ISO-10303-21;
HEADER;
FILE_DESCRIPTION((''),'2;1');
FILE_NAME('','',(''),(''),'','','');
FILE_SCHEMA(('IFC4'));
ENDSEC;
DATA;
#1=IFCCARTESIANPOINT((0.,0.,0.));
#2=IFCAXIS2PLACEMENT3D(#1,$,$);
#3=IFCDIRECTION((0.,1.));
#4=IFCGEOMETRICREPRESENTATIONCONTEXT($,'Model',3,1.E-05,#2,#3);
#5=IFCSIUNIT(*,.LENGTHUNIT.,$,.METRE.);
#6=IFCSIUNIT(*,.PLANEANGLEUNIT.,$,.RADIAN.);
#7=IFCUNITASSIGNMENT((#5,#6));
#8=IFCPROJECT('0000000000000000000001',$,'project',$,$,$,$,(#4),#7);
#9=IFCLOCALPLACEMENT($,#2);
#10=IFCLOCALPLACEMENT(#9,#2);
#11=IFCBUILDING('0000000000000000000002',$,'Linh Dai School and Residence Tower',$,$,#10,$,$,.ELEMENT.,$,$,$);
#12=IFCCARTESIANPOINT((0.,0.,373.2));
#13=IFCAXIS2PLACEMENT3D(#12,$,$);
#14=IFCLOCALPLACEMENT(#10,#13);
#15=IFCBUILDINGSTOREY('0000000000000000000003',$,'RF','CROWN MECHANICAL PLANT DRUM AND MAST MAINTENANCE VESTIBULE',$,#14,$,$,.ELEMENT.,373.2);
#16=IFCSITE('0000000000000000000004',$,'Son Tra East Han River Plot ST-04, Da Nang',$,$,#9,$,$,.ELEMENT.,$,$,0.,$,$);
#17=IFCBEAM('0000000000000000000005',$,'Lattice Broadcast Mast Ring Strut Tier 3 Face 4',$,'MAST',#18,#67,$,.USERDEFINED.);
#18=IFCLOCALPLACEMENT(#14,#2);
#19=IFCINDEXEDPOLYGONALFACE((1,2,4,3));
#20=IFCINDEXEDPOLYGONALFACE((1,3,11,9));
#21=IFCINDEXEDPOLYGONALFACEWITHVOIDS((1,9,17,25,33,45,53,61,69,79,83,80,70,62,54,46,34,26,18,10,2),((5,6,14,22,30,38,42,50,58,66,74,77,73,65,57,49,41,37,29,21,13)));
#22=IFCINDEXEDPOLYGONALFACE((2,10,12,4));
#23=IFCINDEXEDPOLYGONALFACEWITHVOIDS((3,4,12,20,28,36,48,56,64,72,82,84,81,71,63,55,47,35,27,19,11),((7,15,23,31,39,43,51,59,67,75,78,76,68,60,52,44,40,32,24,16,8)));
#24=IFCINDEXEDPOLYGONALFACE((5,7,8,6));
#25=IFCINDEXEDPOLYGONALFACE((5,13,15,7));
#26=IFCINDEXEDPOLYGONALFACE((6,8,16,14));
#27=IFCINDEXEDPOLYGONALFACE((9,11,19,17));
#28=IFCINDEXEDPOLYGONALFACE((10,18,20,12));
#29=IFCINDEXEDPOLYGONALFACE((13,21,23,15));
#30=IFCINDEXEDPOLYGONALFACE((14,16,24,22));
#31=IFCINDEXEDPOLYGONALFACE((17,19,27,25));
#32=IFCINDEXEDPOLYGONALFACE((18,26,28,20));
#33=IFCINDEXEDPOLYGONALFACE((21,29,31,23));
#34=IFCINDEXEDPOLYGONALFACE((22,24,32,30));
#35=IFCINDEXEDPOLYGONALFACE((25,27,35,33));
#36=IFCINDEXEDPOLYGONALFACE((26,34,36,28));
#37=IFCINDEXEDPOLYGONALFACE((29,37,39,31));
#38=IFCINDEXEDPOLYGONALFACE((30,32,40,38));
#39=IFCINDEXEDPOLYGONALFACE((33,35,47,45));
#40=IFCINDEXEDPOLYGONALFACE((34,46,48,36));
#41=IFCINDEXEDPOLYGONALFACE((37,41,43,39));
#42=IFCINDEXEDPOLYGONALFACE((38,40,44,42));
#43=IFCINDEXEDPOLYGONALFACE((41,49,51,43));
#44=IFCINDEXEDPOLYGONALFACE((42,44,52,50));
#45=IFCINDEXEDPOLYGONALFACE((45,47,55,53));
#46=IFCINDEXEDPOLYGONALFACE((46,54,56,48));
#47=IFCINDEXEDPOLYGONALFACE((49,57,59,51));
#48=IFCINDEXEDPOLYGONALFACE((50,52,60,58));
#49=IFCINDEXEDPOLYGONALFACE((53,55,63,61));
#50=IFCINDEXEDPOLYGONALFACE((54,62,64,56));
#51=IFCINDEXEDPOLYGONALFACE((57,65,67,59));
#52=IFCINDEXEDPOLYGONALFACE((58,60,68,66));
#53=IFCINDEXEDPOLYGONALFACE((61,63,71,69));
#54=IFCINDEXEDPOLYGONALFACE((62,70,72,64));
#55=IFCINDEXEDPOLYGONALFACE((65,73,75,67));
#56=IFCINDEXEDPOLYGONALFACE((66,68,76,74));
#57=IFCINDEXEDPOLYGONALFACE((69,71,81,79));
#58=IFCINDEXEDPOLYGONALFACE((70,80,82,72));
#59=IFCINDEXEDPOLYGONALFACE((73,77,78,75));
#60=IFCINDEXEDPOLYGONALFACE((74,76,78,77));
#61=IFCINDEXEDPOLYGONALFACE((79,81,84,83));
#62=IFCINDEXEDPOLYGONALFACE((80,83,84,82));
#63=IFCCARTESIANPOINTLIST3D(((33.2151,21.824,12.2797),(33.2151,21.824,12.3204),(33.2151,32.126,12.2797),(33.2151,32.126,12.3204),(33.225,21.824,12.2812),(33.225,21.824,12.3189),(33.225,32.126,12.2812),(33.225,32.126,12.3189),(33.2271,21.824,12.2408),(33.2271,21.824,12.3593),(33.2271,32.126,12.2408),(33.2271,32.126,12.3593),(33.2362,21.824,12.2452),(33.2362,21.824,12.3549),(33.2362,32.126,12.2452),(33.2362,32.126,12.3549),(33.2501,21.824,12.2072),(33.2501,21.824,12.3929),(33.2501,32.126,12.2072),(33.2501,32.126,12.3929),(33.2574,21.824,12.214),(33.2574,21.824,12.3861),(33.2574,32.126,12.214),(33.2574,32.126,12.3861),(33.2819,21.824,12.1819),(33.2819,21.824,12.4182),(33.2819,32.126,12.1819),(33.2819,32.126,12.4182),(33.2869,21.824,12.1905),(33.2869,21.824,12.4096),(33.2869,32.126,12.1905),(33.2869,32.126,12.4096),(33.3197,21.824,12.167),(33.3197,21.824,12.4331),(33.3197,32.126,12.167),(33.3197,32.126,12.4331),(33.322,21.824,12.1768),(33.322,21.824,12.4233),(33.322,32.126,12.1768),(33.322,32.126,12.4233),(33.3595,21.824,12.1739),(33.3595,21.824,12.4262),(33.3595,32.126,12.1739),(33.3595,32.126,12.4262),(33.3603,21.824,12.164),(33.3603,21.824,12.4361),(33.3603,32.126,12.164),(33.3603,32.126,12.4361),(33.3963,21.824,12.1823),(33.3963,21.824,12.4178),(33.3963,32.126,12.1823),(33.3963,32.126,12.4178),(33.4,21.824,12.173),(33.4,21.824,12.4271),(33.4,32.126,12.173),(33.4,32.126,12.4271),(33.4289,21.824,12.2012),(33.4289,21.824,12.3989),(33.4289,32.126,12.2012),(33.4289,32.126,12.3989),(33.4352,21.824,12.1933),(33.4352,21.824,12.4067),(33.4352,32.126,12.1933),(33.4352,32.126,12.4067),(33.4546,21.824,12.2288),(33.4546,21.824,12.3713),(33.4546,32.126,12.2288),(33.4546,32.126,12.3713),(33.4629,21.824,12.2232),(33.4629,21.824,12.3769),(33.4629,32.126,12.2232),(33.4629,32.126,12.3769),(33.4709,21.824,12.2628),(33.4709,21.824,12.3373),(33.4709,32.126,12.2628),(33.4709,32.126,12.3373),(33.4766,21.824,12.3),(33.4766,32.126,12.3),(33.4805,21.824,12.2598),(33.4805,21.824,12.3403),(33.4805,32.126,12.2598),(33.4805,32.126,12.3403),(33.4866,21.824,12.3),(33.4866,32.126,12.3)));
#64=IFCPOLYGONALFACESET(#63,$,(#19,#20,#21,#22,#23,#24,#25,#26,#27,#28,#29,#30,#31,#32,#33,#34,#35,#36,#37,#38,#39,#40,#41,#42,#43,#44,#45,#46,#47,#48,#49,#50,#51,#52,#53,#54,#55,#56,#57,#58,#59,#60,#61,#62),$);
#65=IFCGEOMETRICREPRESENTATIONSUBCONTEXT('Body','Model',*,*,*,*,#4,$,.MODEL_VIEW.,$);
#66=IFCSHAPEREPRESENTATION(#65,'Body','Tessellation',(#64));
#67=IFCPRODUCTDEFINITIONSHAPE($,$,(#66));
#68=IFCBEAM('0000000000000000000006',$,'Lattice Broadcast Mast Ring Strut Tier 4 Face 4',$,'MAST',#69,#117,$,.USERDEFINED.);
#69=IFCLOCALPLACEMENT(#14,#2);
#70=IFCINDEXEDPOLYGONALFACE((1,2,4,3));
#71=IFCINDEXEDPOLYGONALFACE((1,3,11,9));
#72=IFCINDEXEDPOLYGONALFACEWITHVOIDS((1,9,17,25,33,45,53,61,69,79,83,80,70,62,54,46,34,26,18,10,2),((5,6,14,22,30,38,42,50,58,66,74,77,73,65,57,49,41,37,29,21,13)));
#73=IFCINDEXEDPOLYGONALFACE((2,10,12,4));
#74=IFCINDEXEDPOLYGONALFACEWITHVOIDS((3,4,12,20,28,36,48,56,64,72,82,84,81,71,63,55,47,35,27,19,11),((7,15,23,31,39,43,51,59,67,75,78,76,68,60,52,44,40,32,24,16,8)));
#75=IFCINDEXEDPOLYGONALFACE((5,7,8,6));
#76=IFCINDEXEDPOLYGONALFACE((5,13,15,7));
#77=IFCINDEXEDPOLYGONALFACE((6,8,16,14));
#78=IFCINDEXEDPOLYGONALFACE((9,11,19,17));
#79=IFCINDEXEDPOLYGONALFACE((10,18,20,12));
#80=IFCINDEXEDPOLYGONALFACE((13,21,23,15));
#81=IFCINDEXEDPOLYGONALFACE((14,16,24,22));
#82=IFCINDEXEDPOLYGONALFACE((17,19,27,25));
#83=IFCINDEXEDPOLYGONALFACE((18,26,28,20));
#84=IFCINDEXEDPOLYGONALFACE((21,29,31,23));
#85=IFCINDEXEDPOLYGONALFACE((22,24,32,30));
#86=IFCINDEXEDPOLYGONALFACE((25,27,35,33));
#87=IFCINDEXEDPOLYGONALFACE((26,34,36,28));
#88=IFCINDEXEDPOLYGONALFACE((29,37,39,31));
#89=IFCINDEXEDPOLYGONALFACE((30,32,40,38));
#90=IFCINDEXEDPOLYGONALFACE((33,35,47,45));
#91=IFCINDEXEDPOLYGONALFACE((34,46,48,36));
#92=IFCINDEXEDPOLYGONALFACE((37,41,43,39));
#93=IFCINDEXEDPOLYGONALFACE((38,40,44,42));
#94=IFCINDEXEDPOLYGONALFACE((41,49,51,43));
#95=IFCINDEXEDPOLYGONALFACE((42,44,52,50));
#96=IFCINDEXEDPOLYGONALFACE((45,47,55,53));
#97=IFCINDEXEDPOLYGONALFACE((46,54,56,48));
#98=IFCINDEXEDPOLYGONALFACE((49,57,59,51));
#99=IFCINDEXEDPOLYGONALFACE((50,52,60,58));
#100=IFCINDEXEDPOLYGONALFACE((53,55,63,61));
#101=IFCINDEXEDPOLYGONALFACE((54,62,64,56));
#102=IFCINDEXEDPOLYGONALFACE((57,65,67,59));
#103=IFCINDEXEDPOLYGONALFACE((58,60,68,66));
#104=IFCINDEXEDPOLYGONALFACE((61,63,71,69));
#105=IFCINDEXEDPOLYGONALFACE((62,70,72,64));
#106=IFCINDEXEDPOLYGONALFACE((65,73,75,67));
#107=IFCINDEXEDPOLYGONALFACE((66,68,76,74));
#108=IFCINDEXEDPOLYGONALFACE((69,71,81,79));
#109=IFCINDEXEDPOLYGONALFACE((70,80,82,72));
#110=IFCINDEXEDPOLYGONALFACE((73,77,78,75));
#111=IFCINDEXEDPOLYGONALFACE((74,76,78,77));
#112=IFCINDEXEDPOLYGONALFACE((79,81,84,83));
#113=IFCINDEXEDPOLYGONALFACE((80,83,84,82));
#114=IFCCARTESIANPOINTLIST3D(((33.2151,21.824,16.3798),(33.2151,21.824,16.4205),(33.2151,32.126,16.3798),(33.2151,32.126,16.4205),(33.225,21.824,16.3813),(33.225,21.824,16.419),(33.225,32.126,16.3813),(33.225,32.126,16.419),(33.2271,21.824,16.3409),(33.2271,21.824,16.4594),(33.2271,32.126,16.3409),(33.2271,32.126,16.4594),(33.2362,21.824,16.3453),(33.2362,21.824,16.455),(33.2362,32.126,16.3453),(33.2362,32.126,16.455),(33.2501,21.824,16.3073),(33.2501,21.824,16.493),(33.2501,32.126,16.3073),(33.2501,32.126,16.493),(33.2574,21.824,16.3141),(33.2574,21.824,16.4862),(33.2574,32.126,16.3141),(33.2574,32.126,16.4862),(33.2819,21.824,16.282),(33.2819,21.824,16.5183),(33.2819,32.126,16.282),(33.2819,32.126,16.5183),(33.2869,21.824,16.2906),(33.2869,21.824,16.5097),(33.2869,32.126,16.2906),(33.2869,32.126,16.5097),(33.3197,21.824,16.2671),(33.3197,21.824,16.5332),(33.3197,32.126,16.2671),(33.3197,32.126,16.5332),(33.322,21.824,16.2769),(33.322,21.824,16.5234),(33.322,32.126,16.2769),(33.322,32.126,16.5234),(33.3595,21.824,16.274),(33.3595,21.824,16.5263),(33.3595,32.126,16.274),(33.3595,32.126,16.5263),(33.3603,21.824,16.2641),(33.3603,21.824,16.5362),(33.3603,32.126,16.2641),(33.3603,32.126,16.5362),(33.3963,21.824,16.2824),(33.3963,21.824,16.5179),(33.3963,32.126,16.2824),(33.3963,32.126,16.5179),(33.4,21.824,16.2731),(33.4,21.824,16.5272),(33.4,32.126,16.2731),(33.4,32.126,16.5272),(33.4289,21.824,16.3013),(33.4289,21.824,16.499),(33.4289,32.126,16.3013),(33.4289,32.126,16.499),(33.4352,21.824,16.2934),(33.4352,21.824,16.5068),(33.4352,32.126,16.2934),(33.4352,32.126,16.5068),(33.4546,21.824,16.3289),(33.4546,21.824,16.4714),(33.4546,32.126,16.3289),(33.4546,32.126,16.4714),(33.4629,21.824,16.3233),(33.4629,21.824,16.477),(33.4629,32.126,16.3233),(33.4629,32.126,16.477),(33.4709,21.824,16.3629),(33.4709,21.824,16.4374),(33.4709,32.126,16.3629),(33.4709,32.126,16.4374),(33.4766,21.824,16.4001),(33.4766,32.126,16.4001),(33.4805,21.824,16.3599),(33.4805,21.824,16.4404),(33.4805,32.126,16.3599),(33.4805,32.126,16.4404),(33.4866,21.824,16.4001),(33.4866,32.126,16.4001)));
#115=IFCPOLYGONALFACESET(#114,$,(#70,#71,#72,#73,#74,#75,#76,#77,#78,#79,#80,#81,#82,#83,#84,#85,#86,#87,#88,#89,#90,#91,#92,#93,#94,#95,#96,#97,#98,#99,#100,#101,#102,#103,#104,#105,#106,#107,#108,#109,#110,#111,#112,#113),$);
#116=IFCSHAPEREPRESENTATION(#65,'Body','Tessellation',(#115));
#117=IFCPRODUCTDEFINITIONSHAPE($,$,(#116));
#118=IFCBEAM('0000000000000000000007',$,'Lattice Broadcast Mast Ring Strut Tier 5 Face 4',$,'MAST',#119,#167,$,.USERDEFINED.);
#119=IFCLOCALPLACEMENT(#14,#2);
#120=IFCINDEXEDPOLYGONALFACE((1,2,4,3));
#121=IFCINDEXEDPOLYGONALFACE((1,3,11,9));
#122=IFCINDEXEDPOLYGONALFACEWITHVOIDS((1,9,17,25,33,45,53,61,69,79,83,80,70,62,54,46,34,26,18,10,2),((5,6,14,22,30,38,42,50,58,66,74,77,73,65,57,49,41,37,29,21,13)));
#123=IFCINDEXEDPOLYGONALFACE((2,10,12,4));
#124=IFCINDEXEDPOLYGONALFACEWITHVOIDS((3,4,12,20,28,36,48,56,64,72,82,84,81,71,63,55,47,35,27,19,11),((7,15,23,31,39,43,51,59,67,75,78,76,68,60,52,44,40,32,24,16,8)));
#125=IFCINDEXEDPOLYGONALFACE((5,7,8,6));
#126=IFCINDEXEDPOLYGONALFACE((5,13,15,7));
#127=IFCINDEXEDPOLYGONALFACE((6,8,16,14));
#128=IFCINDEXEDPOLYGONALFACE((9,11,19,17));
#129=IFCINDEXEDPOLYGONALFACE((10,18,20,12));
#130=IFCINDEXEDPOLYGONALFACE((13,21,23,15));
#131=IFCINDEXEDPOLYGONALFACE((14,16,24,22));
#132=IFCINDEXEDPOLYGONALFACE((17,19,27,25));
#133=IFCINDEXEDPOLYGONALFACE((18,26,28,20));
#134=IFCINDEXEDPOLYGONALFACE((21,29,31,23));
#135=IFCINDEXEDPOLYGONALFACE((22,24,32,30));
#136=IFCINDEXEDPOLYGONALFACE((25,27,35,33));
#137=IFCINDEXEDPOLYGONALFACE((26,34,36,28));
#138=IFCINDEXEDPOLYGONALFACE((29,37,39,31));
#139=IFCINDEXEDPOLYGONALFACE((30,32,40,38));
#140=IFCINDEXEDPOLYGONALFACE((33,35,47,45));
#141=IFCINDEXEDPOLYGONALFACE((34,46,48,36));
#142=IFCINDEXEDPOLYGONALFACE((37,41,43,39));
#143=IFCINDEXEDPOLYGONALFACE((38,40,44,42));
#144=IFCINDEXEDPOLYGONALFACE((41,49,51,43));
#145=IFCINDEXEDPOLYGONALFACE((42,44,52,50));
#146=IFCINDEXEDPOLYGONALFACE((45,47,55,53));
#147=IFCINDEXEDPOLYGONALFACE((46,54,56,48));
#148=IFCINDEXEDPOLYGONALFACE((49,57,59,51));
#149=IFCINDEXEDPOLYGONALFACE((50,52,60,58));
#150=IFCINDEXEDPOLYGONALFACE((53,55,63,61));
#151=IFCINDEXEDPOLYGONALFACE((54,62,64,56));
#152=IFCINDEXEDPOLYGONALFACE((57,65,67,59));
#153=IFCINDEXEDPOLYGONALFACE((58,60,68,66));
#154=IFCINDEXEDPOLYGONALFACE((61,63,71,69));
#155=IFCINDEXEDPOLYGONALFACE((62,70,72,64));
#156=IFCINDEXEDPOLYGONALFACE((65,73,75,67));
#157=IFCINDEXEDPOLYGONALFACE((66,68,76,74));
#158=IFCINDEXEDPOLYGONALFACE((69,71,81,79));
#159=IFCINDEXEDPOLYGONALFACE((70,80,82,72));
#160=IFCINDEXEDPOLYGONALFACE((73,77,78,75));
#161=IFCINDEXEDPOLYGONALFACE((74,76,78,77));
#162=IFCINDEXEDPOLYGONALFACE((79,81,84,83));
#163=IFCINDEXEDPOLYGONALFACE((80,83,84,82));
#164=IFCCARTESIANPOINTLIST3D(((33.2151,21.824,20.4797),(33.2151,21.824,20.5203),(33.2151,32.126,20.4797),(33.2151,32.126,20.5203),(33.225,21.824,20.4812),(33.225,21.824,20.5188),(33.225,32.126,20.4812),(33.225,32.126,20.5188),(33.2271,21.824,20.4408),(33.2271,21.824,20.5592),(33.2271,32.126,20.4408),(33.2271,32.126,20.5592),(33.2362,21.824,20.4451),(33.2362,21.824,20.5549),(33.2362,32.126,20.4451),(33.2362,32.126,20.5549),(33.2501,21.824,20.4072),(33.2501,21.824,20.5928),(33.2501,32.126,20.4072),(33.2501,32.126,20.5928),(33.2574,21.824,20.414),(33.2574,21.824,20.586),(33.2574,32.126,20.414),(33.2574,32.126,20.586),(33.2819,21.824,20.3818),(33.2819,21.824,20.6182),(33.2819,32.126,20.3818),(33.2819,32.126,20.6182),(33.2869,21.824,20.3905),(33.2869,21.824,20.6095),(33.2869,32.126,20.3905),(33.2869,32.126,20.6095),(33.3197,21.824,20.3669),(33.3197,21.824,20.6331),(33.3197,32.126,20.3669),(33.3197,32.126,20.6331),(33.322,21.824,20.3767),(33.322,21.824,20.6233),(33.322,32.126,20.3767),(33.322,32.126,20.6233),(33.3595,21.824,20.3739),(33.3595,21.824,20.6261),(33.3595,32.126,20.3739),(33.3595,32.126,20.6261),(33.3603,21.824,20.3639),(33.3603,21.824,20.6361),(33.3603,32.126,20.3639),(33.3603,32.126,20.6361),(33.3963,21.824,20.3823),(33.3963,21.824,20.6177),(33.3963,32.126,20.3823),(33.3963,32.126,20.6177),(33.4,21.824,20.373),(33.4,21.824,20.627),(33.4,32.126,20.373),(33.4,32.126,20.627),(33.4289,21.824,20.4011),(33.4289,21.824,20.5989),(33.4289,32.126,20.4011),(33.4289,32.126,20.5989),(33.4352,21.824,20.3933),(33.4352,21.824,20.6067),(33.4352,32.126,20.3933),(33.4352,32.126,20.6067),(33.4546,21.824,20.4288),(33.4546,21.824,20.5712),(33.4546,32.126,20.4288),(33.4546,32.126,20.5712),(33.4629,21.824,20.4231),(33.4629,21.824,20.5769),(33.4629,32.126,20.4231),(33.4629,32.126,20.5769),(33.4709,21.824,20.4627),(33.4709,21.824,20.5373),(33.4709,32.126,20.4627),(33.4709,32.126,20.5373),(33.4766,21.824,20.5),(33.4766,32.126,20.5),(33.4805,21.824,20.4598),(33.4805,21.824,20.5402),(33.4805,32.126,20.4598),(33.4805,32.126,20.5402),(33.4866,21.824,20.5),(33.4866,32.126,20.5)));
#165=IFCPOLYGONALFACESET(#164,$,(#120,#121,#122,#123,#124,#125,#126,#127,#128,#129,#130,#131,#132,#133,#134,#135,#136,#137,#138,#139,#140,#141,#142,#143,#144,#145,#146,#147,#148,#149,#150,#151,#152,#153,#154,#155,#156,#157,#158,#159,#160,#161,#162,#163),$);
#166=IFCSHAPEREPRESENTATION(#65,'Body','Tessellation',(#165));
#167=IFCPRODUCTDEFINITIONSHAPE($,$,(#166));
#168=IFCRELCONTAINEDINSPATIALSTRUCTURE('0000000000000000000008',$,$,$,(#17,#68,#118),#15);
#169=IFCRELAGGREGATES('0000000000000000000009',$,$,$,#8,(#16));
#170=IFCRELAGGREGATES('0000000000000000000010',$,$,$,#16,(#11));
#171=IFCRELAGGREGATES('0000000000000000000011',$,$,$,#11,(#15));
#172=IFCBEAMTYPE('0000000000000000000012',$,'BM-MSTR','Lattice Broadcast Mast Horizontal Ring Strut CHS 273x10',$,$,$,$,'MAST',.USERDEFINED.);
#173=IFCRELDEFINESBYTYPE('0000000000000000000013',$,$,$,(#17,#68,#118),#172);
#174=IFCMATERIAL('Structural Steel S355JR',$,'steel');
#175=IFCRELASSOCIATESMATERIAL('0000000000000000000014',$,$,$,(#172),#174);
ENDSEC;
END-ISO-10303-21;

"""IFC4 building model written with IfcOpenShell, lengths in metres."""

from ifc_helpers import new_model, si_unit, direction, frame, origin, origin_2d, place, context, subcontext, project, spatial, hollow_circle, extrude, material, material_profile, profile_set, type_object, element, save


model = new_model("IFC4")

# Units and contexts
model_context = context("Model", 3, precision=1e-05, world=origin(), true_north=direction((0.0, 1.0)))
body_context = subcontext(model_context, "Body", "Model", "MODEL_VIEW")
ifc_project = project(units=[si_unit("LENGTHUNIT", "METRE"), si_unit("PLANEANGLEUNIT", "RADIAN")], contexts=[model_context])

# Site, building, storey
site_placement = place(None, origin())
site = spatial("IfcSite", under=ifc_project, at=site_placement, Name="Son Tra East Han River Plot ST-04, Da Nang", CompositionType="ELEMENT", RefElevation=0.0)
building_placement = place(site_placement, origin())
building = spatial("IfcBuilding", under=site, at=building_placement, Name="Linh Dai School and Residence Tower", CompositionType="ELEMENT")
storey_placement = place(building_placement, frame((0.0, 0.0, 373.2)))
storey = spatial("IfcBuildingStorey", under=building, at=storey_placement, Name="RF", Description="CROWN MECHANICAL PLANT DRUM AND MAST MAINTENANCE VESTIBULE", CompositionType="ELEMENT", Elevation=373.2)

# Beams
ifc_material = material(Name="Structural Steel S355JR", Category="steel")
ifc_material_profile_1 = material_profile(ifc_material, hollow_circle(Radius=0.1365, WallThickness=0.01, at=origin_2d()), Name="CHS 273x10")
ifc_profile_set_1 = profile_set([ifc_material_profile_1], Name="Structural Steel S355JR")
beam_type = type_object("IfcBeamType", Name="BM-MSTR", Description="Lattice Broadcast Mast Horizontal Ring Strut CHS 273x10", ElementType="MAST", PredefinedType="USERDEFINED", material=ifc_profile_set_1)
for number, where, z_axis, x_axis, name in (
    (1, (33.3501, 32.126, 12.3), (0.0, -1.0, 0.0), (1.0, 0.0, 0.0), "Lattice Broadcast Mast Ring Strut Tier 3 Face 4"),
    (2, (33.3501, 32.126, 16.4001), (0.0, -1.0, 0.0), (1.0, 0.0, 0.0), "Lattice Broadcast Mast Ring Strut Tier 4 Face 4"),
    (3, (33.3501, 32.126, 20.5), (0.0, -1.0, 0.0), (1.0, 0.0, 0.0), "Lattice Broadcast Mast Ring Strut Tier 5 Face 4"),
):
    element("IfcBeam", number, at=place(storey_placement, frame(where, z_axis=z_axis, x_axis=x_axis)), inside=storey, type_object=beam_type, Name=name, ObjectType="MAST", PredefinedType="USERDEFINED", context=body_context, shape_type="SweptSolid", body=[
        extrude(hollow_circle(Radius=0.1365, WallThickness=0.01, at=origin_2d()), origin(), (0.0, 0.0, 1.0), 10.302),
    ])

save(model, "model.ifc")
